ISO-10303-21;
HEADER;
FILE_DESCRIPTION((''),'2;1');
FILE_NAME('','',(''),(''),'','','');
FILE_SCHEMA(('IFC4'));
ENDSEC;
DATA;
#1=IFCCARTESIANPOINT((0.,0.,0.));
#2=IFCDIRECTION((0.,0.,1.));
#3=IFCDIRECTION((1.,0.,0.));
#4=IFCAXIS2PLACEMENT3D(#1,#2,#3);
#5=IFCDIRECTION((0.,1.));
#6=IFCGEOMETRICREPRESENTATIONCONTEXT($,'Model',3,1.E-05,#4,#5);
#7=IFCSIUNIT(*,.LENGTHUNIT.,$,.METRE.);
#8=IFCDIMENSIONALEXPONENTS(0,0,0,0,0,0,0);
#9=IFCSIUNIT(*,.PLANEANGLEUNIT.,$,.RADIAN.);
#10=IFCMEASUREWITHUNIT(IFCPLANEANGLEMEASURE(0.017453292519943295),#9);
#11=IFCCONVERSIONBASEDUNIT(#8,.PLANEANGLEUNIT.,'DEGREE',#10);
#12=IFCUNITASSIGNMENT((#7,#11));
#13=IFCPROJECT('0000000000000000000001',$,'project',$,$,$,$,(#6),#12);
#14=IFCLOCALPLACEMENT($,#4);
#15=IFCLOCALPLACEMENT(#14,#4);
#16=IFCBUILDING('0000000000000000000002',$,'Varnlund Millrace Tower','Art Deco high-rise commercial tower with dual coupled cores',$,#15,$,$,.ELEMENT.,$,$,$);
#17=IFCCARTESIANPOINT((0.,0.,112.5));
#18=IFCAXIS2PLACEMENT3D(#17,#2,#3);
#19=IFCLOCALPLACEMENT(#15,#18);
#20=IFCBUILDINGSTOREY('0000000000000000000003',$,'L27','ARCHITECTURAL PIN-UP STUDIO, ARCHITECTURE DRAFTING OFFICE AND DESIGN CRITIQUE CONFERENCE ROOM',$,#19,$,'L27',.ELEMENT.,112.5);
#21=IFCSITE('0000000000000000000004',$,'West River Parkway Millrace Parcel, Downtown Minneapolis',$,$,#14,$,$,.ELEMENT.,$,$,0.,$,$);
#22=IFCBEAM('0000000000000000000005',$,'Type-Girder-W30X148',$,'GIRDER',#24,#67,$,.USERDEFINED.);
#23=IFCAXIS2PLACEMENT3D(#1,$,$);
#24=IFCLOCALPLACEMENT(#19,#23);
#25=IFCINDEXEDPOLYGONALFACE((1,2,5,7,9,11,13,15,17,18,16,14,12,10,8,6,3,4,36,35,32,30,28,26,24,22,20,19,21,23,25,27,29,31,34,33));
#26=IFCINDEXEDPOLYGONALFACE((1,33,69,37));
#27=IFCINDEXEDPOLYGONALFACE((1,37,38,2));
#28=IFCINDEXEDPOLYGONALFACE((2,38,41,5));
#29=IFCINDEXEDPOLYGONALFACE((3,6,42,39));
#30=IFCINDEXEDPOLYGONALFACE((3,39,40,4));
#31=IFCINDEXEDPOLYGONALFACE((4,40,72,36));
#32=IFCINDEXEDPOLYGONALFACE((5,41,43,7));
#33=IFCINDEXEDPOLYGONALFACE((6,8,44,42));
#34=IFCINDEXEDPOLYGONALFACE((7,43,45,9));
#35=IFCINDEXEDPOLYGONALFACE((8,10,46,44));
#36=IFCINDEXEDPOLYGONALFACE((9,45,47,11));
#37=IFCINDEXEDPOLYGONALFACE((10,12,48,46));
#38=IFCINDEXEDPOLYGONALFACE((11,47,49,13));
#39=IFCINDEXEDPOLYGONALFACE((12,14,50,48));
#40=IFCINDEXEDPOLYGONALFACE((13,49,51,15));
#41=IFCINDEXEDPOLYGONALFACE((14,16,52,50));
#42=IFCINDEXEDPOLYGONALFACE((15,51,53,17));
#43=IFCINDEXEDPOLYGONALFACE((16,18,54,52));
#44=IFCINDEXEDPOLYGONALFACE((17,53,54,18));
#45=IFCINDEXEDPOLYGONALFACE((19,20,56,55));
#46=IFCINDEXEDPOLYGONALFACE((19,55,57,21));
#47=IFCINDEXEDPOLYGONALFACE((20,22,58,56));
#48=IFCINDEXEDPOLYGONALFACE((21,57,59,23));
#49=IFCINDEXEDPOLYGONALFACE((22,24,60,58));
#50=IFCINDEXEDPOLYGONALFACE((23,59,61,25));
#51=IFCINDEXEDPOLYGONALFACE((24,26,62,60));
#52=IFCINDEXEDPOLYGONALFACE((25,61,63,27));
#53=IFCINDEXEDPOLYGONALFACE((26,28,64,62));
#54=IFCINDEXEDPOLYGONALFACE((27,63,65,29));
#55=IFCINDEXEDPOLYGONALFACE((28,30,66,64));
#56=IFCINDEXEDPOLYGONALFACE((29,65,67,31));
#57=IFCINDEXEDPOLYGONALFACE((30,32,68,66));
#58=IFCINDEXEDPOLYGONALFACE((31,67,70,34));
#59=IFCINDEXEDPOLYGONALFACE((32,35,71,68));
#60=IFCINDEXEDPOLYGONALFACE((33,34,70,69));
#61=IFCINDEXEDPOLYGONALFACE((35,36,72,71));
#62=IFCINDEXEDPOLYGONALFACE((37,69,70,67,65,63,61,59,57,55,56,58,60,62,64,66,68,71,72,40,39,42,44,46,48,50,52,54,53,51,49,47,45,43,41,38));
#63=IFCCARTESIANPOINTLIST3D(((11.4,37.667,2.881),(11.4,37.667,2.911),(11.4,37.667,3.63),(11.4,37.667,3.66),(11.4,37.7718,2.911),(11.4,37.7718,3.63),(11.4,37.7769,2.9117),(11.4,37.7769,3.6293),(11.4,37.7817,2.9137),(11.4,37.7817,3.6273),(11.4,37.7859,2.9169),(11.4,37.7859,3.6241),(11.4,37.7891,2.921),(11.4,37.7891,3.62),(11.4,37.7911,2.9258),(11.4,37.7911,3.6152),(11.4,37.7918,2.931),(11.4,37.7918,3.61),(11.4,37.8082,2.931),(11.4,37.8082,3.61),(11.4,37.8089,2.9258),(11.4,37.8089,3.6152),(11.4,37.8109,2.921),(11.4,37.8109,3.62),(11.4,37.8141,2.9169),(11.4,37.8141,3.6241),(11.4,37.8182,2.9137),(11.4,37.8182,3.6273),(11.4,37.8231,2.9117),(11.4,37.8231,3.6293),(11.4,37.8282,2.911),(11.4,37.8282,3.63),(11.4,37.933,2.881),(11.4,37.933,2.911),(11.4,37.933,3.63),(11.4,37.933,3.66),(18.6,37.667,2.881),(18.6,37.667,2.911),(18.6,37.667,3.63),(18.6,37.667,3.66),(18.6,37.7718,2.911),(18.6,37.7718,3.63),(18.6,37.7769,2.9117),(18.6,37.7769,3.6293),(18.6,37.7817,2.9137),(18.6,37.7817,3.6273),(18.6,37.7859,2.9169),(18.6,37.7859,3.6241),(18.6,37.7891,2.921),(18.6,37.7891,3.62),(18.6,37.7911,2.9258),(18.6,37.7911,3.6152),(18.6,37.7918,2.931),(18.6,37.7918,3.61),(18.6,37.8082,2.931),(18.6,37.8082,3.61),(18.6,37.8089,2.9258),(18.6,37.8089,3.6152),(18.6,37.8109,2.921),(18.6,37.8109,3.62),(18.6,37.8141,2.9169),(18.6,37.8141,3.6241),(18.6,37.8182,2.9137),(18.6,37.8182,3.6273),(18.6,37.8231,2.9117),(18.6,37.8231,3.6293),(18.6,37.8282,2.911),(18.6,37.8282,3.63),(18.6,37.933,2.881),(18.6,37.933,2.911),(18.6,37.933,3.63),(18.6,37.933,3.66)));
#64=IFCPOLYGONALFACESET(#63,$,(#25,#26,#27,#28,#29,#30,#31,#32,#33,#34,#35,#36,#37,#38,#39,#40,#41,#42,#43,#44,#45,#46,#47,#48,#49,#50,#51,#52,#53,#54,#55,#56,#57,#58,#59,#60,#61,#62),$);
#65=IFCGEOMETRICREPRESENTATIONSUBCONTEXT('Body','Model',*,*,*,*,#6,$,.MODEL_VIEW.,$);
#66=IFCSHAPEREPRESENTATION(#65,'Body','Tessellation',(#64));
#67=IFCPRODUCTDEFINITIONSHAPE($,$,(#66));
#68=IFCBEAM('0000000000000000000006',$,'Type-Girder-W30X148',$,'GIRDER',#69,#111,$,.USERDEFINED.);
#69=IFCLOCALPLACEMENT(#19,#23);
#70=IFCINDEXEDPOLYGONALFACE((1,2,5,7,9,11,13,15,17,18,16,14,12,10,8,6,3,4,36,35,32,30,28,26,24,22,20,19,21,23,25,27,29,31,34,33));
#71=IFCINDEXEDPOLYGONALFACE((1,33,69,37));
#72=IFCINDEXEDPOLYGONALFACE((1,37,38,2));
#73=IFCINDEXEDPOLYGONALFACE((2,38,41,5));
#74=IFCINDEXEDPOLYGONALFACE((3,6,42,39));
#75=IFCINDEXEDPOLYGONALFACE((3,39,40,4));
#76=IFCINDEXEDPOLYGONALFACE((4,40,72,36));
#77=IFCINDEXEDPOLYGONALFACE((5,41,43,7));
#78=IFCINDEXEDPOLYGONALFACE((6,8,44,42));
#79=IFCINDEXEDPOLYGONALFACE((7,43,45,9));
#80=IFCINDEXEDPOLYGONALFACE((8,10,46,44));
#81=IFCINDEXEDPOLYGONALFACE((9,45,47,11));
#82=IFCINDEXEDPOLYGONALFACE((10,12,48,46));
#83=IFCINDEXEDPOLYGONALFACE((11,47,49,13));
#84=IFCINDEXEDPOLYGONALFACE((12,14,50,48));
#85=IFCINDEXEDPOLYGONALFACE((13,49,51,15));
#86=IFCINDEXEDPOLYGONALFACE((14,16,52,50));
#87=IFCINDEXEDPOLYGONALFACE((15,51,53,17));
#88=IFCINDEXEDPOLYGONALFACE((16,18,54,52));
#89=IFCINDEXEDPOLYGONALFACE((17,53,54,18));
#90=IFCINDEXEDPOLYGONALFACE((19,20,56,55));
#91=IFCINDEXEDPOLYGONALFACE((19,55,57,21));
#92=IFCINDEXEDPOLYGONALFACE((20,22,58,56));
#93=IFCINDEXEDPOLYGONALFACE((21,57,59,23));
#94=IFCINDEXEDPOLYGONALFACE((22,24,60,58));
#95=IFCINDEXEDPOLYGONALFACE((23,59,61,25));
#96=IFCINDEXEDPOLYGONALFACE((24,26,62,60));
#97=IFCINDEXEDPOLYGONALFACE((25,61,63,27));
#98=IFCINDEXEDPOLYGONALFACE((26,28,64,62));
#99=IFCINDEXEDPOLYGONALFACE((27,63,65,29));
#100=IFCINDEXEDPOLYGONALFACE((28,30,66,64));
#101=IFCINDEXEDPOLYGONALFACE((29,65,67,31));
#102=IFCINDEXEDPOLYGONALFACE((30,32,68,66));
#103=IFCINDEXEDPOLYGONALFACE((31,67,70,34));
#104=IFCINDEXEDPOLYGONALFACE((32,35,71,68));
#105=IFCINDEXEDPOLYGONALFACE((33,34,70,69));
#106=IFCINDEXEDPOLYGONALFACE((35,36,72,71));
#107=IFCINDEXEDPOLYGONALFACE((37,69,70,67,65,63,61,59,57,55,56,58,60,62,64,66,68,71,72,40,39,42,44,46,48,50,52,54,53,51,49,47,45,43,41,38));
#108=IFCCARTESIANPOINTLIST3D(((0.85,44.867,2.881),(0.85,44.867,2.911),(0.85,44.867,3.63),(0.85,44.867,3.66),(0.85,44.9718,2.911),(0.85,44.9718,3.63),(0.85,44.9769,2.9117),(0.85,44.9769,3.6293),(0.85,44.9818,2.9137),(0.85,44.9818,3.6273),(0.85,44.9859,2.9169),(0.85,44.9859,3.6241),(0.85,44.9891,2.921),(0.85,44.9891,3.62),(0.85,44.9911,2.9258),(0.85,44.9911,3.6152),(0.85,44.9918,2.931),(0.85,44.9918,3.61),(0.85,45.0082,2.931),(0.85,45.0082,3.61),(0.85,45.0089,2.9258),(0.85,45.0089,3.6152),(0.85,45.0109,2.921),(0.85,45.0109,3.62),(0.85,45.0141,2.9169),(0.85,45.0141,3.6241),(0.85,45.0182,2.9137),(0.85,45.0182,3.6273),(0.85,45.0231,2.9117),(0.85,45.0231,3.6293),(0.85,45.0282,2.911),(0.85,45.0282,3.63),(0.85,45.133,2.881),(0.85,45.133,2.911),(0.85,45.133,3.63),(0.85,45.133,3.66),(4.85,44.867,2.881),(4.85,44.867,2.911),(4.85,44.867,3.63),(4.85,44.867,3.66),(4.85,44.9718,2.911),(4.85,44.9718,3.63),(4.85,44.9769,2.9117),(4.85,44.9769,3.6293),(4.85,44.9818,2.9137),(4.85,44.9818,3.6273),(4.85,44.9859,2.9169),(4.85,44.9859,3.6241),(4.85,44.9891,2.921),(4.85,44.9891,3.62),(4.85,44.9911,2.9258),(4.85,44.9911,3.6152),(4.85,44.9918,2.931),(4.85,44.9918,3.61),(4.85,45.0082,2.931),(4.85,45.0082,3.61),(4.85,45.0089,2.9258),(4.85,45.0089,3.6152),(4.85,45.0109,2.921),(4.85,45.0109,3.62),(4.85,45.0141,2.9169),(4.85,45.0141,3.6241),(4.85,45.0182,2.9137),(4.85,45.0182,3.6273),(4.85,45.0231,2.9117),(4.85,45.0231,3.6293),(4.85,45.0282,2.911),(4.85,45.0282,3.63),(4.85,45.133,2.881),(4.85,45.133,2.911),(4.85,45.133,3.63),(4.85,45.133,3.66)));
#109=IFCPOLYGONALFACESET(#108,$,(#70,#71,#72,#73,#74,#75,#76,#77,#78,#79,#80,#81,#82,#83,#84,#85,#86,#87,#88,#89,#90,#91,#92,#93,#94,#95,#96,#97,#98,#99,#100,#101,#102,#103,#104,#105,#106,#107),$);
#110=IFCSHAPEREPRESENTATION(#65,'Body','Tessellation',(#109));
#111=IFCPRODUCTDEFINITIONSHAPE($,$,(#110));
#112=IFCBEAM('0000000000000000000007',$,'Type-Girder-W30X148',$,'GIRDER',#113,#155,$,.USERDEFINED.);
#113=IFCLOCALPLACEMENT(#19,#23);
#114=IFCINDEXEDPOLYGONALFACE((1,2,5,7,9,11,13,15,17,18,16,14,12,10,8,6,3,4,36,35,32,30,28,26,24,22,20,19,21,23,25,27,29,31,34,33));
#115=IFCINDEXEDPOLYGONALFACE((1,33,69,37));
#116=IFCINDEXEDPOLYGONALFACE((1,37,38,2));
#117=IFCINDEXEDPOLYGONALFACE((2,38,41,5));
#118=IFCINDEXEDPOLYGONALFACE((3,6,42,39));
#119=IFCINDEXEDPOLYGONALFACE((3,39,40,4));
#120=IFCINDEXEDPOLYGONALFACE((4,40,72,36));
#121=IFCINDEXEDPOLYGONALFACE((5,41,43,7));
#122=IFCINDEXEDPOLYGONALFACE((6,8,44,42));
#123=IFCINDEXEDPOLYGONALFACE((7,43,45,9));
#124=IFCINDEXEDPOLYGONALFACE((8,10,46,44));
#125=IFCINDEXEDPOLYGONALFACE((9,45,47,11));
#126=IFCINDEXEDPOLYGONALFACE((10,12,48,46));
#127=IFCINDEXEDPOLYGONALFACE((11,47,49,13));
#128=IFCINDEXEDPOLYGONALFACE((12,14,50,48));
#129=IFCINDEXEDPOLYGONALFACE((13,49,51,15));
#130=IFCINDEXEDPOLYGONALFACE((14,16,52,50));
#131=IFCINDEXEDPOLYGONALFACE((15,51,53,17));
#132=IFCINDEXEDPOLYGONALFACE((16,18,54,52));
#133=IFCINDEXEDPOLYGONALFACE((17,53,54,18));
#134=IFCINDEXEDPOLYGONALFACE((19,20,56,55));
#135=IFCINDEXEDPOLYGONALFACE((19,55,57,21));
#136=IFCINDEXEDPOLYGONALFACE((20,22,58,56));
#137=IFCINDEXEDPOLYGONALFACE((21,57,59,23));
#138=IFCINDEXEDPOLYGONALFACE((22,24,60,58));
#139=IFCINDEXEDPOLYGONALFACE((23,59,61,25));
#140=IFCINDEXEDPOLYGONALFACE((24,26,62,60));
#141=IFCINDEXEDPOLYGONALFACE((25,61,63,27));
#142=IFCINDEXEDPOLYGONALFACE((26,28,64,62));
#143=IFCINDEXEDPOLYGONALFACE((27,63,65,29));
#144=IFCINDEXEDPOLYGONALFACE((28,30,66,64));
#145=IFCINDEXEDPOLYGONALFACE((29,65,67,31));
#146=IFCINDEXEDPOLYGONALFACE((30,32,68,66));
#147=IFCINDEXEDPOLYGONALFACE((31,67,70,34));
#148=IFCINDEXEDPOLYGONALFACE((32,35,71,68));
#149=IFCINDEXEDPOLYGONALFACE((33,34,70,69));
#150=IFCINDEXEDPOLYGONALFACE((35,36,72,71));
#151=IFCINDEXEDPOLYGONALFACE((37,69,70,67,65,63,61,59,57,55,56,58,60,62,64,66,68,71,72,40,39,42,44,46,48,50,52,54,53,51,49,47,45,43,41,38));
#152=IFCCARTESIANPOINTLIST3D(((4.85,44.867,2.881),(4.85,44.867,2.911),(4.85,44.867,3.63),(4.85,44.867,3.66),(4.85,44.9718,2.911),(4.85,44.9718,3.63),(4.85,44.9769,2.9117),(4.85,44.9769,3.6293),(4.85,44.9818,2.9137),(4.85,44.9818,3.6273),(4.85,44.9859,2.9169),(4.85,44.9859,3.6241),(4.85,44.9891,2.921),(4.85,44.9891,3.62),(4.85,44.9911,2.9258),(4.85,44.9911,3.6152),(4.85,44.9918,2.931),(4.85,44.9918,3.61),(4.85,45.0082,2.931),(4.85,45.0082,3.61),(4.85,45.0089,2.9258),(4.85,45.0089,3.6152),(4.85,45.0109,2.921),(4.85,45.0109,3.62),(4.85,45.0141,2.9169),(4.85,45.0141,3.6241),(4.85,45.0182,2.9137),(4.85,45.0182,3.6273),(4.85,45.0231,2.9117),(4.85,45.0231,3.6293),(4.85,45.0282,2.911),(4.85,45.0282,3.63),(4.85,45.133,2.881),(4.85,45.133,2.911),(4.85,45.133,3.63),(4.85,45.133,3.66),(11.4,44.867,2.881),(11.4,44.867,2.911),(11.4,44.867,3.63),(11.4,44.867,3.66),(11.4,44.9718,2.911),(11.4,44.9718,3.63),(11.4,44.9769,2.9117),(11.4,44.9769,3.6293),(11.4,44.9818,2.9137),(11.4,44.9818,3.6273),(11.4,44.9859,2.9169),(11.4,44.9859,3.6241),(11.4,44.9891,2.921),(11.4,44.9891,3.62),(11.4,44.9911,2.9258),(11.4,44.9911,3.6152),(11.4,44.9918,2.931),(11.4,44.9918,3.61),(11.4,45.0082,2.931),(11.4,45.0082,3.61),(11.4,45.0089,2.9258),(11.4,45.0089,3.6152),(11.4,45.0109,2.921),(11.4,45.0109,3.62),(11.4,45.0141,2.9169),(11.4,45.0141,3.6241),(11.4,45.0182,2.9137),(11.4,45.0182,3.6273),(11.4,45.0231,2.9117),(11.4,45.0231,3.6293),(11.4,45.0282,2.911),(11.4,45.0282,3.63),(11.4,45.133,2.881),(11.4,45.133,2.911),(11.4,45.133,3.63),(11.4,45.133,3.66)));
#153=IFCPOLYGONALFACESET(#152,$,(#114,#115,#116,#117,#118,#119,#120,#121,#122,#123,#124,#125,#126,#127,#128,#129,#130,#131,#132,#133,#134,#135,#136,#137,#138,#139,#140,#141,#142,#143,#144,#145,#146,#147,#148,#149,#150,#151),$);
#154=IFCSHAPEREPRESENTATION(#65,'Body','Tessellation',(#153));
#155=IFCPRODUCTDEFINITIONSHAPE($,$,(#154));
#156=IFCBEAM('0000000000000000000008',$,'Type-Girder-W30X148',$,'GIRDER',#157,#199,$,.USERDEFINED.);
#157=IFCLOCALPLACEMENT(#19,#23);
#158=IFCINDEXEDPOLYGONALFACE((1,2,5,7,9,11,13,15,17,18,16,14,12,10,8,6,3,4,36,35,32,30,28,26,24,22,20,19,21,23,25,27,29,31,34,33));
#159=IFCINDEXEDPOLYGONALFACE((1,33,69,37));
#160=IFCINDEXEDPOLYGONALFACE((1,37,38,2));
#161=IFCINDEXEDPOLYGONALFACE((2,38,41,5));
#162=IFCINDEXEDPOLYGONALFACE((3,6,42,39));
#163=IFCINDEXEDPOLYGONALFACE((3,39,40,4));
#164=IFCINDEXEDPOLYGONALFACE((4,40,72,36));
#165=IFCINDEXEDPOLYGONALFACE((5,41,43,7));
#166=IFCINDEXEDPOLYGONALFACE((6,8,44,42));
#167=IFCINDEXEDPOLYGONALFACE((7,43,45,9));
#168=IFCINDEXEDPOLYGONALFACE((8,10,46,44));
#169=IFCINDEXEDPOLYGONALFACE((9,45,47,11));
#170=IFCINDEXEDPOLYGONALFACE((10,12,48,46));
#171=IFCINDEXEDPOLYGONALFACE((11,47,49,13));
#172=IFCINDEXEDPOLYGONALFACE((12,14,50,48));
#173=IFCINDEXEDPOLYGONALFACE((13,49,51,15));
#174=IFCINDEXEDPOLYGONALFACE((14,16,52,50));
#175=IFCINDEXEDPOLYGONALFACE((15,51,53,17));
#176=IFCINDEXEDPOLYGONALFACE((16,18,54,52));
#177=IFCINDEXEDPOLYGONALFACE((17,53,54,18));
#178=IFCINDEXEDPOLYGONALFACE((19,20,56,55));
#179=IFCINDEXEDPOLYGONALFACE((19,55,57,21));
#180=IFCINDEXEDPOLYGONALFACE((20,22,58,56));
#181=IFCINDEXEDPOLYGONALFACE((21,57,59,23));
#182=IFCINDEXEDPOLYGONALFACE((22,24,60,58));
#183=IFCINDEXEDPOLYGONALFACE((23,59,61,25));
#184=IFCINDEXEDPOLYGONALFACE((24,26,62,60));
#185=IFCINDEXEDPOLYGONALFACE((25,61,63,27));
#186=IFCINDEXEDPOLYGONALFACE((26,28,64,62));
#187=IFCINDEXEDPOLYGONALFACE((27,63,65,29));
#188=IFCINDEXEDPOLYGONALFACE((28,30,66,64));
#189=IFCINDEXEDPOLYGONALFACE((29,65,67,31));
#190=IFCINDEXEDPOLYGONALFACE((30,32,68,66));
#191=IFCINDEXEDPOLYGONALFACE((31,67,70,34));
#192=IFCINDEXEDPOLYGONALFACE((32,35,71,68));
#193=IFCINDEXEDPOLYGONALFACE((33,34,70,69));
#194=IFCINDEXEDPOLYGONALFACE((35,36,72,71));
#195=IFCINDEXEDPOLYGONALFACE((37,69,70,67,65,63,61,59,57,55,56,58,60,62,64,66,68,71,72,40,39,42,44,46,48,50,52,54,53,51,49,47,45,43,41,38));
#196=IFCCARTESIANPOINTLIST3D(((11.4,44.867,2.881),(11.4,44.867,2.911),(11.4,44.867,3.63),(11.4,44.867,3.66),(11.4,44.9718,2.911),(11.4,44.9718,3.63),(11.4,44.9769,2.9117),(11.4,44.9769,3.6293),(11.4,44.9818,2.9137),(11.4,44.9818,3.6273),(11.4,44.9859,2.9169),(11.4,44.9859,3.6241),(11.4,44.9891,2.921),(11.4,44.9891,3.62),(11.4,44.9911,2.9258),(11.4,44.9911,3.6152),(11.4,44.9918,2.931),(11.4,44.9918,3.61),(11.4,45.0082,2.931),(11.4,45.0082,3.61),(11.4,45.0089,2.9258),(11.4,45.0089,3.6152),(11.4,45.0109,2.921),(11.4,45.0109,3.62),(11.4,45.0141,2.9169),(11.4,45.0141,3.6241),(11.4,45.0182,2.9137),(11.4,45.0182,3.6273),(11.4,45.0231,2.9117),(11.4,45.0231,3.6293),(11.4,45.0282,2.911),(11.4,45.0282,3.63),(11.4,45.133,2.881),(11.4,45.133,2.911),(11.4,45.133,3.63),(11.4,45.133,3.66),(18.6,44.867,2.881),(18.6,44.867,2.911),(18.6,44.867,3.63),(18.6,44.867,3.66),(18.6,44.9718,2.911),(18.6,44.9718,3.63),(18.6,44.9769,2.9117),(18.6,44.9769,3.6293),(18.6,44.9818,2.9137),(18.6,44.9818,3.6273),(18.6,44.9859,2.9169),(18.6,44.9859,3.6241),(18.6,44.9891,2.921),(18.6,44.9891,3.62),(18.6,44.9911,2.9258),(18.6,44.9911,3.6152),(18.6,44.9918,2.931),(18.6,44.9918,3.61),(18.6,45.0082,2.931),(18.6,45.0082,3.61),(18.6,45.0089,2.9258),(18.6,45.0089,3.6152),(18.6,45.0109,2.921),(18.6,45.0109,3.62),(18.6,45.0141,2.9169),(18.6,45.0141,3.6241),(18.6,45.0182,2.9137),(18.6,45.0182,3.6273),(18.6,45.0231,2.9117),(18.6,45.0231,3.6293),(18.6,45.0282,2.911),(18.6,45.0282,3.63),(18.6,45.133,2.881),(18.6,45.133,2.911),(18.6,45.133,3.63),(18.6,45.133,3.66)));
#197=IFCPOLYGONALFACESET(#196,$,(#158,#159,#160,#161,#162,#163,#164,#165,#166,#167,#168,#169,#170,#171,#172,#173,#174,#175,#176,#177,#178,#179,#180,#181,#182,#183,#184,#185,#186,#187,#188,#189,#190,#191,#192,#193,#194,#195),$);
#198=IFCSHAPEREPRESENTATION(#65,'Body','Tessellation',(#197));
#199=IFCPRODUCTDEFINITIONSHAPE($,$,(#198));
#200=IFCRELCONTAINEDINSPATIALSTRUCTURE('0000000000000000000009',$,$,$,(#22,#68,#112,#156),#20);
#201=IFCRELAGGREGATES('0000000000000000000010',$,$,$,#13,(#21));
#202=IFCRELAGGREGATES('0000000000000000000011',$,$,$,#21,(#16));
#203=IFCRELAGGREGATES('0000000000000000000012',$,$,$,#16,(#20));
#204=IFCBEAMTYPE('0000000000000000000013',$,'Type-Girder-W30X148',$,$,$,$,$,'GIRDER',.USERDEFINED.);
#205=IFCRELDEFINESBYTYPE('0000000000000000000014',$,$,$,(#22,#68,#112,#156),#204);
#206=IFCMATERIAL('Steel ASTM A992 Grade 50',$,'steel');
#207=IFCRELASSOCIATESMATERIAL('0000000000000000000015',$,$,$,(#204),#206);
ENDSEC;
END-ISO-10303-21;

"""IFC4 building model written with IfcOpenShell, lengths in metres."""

from ifc_helpers import new_model, entity, si_unit, converted_unit, direction, frame, origin_with_axes, origin_2d_with_axis, place, context, subcontext, project, spatial, i_section, extrude, material, material_profile, profile_set, type_object, element, save


model = new_model("IFC4")

# Units and contexts
model_context = context("Model", 3, precision=1e-05, world=origin_with_axes(), true_north=direction((0.0, 1.0)))
body_context = subcontext(model_context, "Body", "Model", "MODEL_VIEW")
ifc_project = project(units=[si_unit("LENGTHUNIT", "METRE"), converted_unit("PLANEANGLEUNIT", "DEGREE", entity("IfcPlaneAngleMeasure", 0.017453292519943295), si_unit("PLANEANGLEUNIT", "RADIAN"), dimensions=[0, 0, 0, 0, 0, 0, 0])], contexts=[model_context])

# Site, building, storey
site_placement = place(None, origin_with_axes())
site = spatial("IfcSite", under=ifc_project, at=site_placement, Name="West River Parkway Millrace Parcel, Downtown Minneapolis", CompositionType="ELEMENT", RefElevation=0.0)
building_placement = place(site_placement, origin_with_axes())
building = spatial("IfcBuilding", under=site, at=building_placement, Name="Varnlund Millrace Tower", Description="Art Deco high-rise commercial tower with dual coupled cores", CompositionType="ELEMENT")
storey_placement = place(building_placement, frame((0.0, 0.0, 112.5), z_axis=(0.0, 0.0, 1.0), x_axis=(1.0, 0.0, 0.0)))
storey = spatial("IfcBuildingStorey", under=building, at=storey_placement, Name="L27", Description="ARCHITECTURAL PIN-UP STUDIO, ARCHITECTURE DRAFTING OFFICE AND DESIGN CRITIQUE CONFERENCE ROOM", LongName="L27", CompositionType="ELEMENT", Elevation=112.5)

# Beams
ifc_material_1 = material(Name="Steel ASTM A992 Grade 50", Category="steel")
ifc_material_profile_1 = material_profile(ifc_material_1, i_section(OverallWidth=0.266, OverallDepth=0.779, WebThickness=0.0165, FlangeThickness=0.03, FilletRadius=0.02, at=origin_2d_with_axis()), Name="Steel ASTM A992 Grade 50")
ifc_profile_set_1 = profile_set([ifc_material_profile_1], Name="Steel ASTM A992 Grade 50")
beam_type_1 = type_object("IfcBeamType", Name="Type-Girder-W30X148", ElementType="GIRDER", PredefinedType="USERDEFINED", material=ifc_profile_set_1)
beam_1_placement = place(storey_placement, frame((11.4, 37.8, 3.2705), z_axis=(1.0, 0.0, 0.0), x_axis=(0.0, 1.0, 0.0)))
element("IfcBeam", 1, at=beam_1_placement, inside=storey, type_object=beam_type_1, Name="Type-Girder-W30X148", ObjectType="GIRDER", PredefinedType="USERDEFINED", context=body_context, shape_type="SweptSolid", body=[
    extrude(i_section(OverallWidth=0.266, OverallDepth=0.779, WebThickness=0.0165, FlangeThickness=0.03, FilletRadius=0.02, at=origin_2d_with_axis()), origin_with_axes(), (0.0, 0.0, 1.0), 7.2),
])
beam_2_placement = place(storey_placement, frame((0.85, 45.0, 3.2705), z_axis=(1.0, 0.0, 0.0), x_axis=(0.0, 1.0, 0.0)))
element("IfcBeam", 2, at=beam_2_placement, inside=storey, type_object=beam_type_1, Name="Type-Girder-W30X148", ObjectType="GIRDER", PredefinedType="USERDEFINED", context=body_context, shape_type="SweptSolid", body=[
    extrude(i_section(OverallWidth=0.266, OverallDepth=0.779, WebThickness=0.0165, FlangeThickness=0.03, FilletRadius=0.02, at=origin_2d_with_axis()), origin_with_axes(), (0.0, 0.0, 1.0), 4.0),
])
beam_3_placement = place(storey_placement, frame((4.85, 45.0, 3.2705), z_axis=(1.0, 0.0, 0.0), x_axis=(0.0, 1.0, 0.0)))
element("IfcBeam", 3, at=beam_3_placement, inside=storey, type_object=beam_type_1, Name="Type-Girder-W30X148", ObjectType="GIRDER", PredefinedType="USERDEFINED", context=body_context, shape_type="SweptSolid", body=[
    extrude(i_section(OverallWidth=0.266, OverallDepth=0.779, WebThickness=0.0165, FlangeThickness=0.03, FilletRadius=0.02, at=origin_2d_with_axis()), origin_with_axes(), (0.0, 0.0, 1.0), 6.55),
])
beam_4_placement = place(storey_placement, frame((11.4, 45.0, 3.2705), z_axis=(1.0, 0.0, 0.0), x_axis=(0.0, 1.0, 0.0)))
element("IfcBeam", 4, at=beam_4_placement, inside=storey, type_object=beam_type_1, Name="Type-Girder-W30X148", ObjectType="GIRDER", PredefinedType="USERDEFINED", context=body_context, shape_type="SweptSolid", body=[
    extrude(i_section(OverallWidth=0.266, OverallDepth=0.779, WebThickness=0.0165, FlangeThickness=0.03, FilletRadius=0.02, at=origin_2d_with_axis()), origin_with_axes(), (0.0, 0.0, 1.0), 7.2),
])

save(model, "model.ifc")
